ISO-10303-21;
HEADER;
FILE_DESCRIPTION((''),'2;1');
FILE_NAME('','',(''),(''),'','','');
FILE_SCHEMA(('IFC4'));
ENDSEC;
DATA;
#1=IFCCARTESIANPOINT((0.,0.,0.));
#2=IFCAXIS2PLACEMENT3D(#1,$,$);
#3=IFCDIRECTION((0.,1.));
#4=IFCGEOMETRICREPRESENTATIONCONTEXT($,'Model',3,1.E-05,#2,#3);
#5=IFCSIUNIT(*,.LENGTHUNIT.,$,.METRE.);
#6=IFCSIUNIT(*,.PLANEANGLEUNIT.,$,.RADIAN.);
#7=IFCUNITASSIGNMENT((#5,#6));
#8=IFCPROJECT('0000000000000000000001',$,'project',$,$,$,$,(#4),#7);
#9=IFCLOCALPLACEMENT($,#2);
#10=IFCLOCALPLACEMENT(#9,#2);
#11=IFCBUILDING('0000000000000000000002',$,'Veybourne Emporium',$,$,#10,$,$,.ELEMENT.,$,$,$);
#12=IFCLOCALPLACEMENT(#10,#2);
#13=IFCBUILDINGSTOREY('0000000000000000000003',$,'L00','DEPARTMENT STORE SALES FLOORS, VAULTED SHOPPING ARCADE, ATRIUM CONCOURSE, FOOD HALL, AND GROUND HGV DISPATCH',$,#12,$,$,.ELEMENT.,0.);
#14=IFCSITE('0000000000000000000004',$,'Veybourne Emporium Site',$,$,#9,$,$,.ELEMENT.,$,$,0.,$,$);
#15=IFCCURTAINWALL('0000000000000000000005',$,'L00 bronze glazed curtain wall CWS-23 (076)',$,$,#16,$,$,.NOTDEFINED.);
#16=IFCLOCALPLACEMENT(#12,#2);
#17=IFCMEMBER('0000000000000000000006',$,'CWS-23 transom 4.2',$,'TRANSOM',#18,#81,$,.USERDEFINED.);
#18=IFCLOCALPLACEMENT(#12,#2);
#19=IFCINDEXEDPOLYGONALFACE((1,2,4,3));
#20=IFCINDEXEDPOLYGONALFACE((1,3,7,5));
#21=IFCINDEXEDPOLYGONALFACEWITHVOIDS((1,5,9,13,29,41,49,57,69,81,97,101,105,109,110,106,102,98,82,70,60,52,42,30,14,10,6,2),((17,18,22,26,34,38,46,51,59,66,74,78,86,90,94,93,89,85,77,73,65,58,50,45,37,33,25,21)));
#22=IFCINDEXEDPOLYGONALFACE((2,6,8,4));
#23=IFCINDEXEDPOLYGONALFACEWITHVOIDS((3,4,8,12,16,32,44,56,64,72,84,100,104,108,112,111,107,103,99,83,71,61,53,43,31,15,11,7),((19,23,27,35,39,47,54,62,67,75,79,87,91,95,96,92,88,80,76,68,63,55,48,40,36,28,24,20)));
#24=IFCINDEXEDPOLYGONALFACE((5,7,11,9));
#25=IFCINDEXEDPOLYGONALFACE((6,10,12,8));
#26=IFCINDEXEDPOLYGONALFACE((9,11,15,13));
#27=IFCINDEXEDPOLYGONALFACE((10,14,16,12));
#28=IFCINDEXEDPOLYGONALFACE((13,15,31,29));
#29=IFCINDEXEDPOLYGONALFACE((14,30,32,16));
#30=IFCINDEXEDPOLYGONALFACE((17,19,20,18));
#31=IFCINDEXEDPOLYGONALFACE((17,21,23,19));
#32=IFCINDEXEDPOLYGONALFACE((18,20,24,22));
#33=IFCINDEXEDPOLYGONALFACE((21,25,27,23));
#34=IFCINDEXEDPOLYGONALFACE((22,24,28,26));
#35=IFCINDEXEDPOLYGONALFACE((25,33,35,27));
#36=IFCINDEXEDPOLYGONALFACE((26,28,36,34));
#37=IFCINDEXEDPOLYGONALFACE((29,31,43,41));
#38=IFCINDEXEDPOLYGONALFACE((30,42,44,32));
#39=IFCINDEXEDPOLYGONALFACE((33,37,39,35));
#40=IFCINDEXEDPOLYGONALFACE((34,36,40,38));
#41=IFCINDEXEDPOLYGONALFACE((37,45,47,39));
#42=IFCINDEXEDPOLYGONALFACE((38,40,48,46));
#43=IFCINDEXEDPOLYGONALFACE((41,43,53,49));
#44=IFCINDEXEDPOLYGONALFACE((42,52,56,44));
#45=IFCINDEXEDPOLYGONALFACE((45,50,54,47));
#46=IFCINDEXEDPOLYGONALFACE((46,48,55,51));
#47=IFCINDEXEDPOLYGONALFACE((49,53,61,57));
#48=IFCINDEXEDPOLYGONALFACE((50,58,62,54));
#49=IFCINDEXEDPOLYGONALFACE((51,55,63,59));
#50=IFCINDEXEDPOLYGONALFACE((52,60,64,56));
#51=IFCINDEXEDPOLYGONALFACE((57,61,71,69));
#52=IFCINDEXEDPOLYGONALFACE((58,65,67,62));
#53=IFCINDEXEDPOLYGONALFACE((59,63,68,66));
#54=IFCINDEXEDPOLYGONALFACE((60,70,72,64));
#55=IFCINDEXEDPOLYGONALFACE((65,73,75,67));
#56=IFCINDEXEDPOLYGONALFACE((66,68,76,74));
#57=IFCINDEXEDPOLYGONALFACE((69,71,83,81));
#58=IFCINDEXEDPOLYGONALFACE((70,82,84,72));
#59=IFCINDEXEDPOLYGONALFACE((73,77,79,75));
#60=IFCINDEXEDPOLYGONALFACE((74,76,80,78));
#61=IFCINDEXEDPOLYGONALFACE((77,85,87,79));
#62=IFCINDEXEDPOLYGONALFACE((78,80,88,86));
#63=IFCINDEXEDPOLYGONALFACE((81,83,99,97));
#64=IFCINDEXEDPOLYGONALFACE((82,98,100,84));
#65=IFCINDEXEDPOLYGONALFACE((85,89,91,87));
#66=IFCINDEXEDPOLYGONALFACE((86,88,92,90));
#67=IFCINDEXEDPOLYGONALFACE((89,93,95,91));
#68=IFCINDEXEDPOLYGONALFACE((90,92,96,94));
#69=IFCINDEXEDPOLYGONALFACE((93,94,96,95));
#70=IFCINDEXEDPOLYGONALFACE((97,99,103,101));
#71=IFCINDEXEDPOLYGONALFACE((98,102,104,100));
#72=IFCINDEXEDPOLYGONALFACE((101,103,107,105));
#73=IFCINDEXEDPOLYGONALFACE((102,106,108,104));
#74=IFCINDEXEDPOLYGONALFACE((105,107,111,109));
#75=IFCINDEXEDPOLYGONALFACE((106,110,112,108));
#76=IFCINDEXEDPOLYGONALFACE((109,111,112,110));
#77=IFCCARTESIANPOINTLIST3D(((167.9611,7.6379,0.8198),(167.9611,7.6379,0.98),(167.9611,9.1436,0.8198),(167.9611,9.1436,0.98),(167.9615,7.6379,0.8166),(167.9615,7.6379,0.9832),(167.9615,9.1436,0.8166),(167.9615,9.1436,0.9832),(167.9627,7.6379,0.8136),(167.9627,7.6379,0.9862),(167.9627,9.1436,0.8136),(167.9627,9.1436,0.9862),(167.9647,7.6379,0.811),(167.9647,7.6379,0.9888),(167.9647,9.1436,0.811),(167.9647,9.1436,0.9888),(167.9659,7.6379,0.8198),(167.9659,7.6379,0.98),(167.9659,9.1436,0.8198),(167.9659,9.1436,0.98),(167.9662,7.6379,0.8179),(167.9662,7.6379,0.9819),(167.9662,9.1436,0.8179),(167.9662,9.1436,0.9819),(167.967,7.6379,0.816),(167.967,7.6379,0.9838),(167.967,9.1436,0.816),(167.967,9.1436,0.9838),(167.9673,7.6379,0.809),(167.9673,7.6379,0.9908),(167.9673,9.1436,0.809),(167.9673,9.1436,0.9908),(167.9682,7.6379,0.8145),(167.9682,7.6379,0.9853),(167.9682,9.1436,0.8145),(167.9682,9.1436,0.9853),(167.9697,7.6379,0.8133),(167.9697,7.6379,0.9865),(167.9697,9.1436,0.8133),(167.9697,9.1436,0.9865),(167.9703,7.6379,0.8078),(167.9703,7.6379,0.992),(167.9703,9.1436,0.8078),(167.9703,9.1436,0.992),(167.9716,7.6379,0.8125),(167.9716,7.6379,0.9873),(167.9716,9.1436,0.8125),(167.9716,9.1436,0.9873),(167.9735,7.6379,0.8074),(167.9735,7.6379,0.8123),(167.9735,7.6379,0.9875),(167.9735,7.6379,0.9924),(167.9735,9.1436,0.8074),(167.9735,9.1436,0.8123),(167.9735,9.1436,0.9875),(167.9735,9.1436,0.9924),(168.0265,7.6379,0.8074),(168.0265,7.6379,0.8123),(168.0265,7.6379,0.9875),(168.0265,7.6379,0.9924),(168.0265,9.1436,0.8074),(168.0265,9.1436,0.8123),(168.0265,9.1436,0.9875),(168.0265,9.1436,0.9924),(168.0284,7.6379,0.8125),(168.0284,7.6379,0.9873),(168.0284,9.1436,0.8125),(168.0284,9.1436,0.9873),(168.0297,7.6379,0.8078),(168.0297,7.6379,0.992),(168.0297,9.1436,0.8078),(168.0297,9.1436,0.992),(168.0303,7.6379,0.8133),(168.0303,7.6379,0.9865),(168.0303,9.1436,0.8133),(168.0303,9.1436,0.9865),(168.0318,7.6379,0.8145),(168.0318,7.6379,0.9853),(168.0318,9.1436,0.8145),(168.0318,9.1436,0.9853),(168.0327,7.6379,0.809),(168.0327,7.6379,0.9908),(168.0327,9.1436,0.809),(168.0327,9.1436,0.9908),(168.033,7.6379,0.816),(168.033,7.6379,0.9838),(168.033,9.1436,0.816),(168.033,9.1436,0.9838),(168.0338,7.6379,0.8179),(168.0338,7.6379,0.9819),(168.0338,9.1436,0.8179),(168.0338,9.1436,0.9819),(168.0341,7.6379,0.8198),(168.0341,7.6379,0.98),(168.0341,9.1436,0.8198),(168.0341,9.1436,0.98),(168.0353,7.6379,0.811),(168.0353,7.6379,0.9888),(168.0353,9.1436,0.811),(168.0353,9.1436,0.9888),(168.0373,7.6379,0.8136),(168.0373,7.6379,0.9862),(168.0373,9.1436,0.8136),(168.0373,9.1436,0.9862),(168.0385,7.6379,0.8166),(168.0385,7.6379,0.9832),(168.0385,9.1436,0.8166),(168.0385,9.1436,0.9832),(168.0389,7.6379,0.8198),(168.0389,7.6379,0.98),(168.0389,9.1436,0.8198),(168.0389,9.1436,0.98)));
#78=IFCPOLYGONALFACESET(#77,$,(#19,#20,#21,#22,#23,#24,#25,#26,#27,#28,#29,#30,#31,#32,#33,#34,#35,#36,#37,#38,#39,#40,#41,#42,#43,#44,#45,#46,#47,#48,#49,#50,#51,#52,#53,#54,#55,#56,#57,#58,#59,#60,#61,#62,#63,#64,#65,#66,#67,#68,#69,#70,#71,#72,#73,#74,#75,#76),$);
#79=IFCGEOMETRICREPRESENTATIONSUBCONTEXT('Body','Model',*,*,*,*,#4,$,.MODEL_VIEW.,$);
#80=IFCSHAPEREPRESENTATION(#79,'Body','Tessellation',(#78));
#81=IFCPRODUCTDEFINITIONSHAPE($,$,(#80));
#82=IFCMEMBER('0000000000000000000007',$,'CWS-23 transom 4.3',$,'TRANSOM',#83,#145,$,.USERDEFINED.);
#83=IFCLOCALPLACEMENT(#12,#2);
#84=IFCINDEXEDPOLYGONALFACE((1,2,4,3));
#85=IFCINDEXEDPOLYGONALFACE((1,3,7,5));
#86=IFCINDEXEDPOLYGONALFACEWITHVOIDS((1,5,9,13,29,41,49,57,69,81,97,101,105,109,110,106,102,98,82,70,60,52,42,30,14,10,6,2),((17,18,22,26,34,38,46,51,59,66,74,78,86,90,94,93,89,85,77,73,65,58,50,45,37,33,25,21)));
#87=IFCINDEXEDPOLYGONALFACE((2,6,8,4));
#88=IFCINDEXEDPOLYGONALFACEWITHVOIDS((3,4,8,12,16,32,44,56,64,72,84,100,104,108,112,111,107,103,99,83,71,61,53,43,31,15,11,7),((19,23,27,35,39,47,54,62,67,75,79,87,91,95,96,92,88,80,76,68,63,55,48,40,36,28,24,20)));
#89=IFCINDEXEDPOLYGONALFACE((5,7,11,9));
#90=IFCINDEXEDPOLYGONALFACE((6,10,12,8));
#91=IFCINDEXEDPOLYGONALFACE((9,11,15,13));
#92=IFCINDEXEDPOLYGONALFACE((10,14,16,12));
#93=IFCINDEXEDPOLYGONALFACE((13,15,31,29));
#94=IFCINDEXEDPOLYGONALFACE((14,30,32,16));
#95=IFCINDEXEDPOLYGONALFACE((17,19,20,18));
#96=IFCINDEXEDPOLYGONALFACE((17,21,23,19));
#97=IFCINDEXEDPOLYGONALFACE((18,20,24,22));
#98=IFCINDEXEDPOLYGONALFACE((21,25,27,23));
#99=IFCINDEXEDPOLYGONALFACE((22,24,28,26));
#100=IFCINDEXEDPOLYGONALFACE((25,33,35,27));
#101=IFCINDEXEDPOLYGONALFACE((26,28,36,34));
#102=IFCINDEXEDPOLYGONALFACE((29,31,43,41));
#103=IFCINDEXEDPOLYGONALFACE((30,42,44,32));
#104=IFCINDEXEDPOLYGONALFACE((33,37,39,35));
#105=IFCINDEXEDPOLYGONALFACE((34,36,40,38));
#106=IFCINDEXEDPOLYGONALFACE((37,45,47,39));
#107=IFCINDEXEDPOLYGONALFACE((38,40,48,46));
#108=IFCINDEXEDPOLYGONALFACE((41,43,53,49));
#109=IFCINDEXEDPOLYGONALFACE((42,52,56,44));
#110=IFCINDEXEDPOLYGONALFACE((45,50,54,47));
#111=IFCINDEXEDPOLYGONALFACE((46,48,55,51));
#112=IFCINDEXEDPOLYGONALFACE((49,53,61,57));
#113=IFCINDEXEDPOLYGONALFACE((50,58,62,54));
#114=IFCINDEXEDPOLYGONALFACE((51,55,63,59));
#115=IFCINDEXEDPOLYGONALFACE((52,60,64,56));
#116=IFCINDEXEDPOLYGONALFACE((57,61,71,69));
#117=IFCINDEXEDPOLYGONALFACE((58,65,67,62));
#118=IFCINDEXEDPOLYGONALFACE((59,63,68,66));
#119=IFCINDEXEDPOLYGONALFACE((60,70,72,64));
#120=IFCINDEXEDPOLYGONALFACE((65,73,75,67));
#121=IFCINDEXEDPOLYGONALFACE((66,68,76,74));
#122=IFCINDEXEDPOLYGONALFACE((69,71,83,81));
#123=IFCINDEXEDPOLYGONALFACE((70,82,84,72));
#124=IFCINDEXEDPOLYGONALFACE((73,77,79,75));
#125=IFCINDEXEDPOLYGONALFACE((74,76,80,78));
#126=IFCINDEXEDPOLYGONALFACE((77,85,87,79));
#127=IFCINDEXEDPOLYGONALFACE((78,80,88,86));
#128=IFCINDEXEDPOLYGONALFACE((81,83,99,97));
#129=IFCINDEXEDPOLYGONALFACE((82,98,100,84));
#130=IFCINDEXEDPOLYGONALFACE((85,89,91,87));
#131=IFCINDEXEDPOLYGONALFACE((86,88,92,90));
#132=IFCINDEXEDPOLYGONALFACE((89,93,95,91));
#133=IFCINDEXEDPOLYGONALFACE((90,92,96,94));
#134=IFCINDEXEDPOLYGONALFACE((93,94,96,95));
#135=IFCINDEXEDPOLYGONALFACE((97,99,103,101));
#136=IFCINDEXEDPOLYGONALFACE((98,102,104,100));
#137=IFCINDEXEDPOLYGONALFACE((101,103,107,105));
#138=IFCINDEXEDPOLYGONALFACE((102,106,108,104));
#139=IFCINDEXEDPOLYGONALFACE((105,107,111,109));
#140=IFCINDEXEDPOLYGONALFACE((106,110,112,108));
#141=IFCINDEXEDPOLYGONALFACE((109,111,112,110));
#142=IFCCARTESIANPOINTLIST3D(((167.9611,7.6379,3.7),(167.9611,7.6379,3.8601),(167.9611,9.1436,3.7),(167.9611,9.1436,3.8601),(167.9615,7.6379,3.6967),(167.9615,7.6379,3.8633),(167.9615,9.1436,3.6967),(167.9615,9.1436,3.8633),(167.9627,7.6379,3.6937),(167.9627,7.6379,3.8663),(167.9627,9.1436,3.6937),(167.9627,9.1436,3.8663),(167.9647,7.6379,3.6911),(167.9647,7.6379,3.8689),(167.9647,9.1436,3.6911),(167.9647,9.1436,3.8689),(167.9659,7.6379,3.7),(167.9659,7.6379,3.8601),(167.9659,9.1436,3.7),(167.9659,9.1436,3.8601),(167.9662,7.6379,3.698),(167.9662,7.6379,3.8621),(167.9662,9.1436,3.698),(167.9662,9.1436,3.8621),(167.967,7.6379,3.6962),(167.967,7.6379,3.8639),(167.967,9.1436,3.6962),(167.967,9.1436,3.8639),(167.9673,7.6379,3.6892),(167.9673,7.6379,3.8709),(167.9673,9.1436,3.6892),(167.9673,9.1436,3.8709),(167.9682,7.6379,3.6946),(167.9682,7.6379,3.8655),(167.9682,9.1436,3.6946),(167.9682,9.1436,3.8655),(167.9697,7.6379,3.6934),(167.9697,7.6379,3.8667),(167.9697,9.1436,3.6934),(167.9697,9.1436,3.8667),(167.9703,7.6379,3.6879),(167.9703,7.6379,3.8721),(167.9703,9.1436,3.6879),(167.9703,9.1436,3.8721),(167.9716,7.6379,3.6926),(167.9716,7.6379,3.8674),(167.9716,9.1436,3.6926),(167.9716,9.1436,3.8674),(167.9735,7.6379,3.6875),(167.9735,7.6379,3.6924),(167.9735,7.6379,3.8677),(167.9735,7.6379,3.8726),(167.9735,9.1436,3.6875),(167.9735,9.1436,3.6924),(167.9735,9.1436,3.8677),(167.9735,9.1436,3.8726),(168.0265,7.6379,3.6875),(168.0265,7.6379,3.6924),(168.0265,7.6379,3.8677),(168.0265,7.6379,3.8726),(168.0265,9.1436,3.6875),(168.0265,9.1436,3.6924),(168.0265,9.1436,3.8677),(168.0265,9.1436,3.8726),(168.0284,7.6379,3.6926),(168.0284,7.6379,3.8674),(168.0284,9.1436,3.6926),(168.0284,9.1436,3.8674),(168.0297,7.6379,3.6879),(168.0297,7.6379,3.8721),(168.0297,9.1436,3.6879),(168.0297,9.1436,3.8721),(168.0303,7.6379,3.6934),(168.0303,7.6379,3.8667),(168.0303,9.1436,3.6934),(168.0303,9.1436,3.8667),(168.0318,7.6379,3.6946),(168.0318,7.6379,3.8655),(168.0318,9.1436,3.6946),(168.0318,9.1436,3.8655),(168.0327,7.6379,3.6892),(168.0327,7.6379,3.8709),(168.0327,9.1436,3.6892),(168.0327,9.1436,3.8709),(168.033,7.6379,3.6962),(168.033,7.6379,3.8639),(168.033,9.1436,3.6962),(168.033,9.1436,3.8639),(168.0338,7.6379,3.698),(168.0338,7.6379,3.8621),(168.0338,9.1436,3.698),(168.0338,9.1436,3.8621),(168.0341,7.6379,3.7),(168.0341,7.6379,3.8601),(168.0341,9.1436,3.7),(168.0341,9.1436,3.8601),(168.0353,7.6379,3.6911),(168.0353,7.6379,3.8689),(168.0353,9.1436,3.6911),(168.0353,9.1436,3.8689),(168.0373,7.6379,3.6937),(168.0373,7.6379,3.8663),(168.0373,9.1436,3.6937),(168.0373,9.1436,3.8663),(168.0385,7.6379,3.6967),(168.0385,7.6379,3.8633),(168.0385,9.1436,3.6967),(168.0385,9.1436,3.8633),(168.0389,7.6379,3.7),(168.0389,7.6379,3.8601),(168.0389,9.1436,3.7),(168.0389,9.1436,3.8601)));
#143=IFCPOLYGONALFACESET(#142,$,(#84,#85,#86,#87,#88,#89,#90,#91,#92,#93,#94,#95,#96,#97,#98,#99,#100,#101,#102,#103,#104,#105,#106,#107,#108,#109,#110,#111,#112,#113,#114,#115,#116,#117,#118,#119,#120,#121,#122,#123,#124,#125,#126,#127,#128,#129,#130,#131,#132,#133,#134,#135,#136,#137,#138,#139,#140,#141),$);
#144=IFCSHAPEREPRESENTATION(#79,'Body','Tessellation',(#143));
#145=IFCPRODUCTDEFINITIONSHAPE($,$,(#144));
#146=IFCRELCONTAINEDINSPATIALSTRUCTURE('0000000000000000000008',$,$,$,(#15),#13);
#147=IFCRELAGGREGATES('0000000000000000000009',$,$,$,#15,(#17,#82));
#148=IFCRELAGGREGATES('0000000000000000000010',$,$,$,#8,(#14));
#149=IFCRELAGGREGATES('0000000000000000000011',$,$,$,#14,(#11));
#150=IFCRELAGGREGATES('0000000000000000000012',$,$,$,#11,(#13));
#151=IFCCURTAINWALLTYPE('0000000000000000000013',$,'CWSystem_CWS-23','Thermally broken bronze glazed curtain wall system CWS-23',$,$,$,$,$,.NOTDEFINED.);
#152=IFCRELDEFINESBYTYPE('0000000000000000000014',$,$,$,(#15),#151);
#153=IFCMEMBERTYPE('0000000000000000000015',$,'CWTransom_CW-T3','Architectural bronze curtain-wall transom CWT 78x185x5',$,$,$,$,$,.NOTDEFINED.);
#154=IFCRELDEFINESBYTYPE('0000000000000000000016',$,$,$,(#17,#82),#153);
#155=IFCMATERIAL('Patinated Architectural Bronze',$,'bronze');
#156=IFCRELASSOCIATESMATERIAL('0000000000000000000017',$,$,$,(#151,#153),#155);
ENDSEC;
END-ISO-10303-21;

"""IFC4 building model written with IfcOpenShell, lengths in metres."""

from ifc_helpers import new_model, si_unit, direction, frame, origin, origin_2d, place, context, subcontext, project, spatial, hollow_rectangle, extrude, material, material_profile, profile_set, type_object, element, aggregate, save


model = new_model("IFC4")

# Units and contexts
model_context = context("Model", 3, precision=1e-05, world=origin(), true_north=direction((0.0, 1.0)))
body_context = subcontext(model_context, "Body", "Model", "MODEL_VIEW")
ifc_project = project(units=[si_unit("LENGTHUNIT", "METRE"), si_unit("PLANEANGLEUNIT", "RADIAN")], contexts=[model_context])

# Site, building, storey
site_placement = place(None, origin())
site = spatial("IfcSite", under=ifc_project, at=site_placement, Name="Veybourne Emporium Site", CompositionType="ELEMENT", RefElevation=0.0)
building_placement = place(site_placement, origin())
building = spatial("IfcBuilding", under=site, at=building_placement, Name="Veybourne Emporium", CompositionType="ELEMENT")
storey_placement = place(building_placement, origin())
storey = spatial("IfcBuildingStorey", under=building, at=storey_placement, Name="L00", Description="DEPARTMENT STORE SALES FLOORS, VAULTED SHOPPING ARCADE, ATRIUM CONCOURSE, FOOD HALL, AND GROUND HGV DISPATCH", CompositionType="ELEMENT", Elevation=0.0)

# Curtain wall
ifc_material_1 = material(Name="Patinated Architectural Bronze", Category="bronze")
curtain_wall_type_1 = type_object("IfcCurtainWallType", Name="CWSystem_CWS-23", Description="Thermally broken bronze glazed curtain wall system CWS-23", PredefinedType="NOTDEFINED", material=ifc_material_1)
curtain_wall_1_placement = place(storey_placement, origin())
curtain_wall_1 = element("IfcCurtainWall", 1, at=curtain_wall_1_placement, inside=storey, type_object=curtain_wall_type_1, Name="L00 bronze glazed curtain wall CWS-23 (076)", PredefinedType="NOTDEFINED")

# Members
ifc_material_profile_1 = material_profile(ifc_material_1, hollow_rectangle(XDim=0.0779, YDim=0.1851, WallThickness=0.0049, InnerFilletRadius=0.0076, OuterFilletRadius=0.0125, at=origin_2d()), Name="CWT 78x185x5")
ifc_profile_set_1 = profile_set([ifc_material_profile_1], Name="Patinated Architectural Bronze")
member_type_1 = type_object("IfcMemberType", Name="CWTransom_CW-T3", Description="Architectural bronze curtain-wall transom CWT 78x185x5", PredefinedType="NOTDEFINED", material=ifc_profile_set_1)
member_1_placement = place(storey_placement, frame((168.0, 9.1436, 0.8999), z_axis=(0.0, -1.0, 0.0), x_axis=(1.0, 0.0, 0.0)))
member_1 = element("IfcMember", 2, at=member_1_placement, type_object=member_type_1, Name="CWS-23 transom 4.2", ObjectType="TRANSOM", PredefinedType="USERDEFINED", context=body_context, shape_type="SweptSolid", body=[
    extrude(hollow_rectangle(XDim=0.0779, YDim=0.1851, WallThickness=0.0049, InnerFilletRadius=0.0076, OuterFilletRadius=0.0125, at=origin_2d()), origin(), (0.0, 0.0, 1.0), 1.5056),
])
member_2_placement = place(storey_placement, frame((168.0, 9.1436, 3.78), z_axis=(0.0, -1.0, 0.0), x_axis=(1.0, 0.0, 0.0)))
member_2 = element("IfcMember", 3, at=member_2_placement, type_object=member_type_1, Name="CWS-23 transom 4.3", ObjectType="TRANSOM", PredefinedType="USERDEFINED", context=body_context, shape_type="SweptSolid", body=[
    extrude(hollow_rectangle(XDim=0.0779, YDim=0.1851, WallThickness=0.0049, InnerFilletRadius=0.0076, OuterFilletRadius=0.0125, at=origin_2d()), origin(), (0.0, 0.0, 1.0), 1.5056),
])

aggregate(curtain_wall_1, [member_1, member_2])

save(model, "model.ifc")
